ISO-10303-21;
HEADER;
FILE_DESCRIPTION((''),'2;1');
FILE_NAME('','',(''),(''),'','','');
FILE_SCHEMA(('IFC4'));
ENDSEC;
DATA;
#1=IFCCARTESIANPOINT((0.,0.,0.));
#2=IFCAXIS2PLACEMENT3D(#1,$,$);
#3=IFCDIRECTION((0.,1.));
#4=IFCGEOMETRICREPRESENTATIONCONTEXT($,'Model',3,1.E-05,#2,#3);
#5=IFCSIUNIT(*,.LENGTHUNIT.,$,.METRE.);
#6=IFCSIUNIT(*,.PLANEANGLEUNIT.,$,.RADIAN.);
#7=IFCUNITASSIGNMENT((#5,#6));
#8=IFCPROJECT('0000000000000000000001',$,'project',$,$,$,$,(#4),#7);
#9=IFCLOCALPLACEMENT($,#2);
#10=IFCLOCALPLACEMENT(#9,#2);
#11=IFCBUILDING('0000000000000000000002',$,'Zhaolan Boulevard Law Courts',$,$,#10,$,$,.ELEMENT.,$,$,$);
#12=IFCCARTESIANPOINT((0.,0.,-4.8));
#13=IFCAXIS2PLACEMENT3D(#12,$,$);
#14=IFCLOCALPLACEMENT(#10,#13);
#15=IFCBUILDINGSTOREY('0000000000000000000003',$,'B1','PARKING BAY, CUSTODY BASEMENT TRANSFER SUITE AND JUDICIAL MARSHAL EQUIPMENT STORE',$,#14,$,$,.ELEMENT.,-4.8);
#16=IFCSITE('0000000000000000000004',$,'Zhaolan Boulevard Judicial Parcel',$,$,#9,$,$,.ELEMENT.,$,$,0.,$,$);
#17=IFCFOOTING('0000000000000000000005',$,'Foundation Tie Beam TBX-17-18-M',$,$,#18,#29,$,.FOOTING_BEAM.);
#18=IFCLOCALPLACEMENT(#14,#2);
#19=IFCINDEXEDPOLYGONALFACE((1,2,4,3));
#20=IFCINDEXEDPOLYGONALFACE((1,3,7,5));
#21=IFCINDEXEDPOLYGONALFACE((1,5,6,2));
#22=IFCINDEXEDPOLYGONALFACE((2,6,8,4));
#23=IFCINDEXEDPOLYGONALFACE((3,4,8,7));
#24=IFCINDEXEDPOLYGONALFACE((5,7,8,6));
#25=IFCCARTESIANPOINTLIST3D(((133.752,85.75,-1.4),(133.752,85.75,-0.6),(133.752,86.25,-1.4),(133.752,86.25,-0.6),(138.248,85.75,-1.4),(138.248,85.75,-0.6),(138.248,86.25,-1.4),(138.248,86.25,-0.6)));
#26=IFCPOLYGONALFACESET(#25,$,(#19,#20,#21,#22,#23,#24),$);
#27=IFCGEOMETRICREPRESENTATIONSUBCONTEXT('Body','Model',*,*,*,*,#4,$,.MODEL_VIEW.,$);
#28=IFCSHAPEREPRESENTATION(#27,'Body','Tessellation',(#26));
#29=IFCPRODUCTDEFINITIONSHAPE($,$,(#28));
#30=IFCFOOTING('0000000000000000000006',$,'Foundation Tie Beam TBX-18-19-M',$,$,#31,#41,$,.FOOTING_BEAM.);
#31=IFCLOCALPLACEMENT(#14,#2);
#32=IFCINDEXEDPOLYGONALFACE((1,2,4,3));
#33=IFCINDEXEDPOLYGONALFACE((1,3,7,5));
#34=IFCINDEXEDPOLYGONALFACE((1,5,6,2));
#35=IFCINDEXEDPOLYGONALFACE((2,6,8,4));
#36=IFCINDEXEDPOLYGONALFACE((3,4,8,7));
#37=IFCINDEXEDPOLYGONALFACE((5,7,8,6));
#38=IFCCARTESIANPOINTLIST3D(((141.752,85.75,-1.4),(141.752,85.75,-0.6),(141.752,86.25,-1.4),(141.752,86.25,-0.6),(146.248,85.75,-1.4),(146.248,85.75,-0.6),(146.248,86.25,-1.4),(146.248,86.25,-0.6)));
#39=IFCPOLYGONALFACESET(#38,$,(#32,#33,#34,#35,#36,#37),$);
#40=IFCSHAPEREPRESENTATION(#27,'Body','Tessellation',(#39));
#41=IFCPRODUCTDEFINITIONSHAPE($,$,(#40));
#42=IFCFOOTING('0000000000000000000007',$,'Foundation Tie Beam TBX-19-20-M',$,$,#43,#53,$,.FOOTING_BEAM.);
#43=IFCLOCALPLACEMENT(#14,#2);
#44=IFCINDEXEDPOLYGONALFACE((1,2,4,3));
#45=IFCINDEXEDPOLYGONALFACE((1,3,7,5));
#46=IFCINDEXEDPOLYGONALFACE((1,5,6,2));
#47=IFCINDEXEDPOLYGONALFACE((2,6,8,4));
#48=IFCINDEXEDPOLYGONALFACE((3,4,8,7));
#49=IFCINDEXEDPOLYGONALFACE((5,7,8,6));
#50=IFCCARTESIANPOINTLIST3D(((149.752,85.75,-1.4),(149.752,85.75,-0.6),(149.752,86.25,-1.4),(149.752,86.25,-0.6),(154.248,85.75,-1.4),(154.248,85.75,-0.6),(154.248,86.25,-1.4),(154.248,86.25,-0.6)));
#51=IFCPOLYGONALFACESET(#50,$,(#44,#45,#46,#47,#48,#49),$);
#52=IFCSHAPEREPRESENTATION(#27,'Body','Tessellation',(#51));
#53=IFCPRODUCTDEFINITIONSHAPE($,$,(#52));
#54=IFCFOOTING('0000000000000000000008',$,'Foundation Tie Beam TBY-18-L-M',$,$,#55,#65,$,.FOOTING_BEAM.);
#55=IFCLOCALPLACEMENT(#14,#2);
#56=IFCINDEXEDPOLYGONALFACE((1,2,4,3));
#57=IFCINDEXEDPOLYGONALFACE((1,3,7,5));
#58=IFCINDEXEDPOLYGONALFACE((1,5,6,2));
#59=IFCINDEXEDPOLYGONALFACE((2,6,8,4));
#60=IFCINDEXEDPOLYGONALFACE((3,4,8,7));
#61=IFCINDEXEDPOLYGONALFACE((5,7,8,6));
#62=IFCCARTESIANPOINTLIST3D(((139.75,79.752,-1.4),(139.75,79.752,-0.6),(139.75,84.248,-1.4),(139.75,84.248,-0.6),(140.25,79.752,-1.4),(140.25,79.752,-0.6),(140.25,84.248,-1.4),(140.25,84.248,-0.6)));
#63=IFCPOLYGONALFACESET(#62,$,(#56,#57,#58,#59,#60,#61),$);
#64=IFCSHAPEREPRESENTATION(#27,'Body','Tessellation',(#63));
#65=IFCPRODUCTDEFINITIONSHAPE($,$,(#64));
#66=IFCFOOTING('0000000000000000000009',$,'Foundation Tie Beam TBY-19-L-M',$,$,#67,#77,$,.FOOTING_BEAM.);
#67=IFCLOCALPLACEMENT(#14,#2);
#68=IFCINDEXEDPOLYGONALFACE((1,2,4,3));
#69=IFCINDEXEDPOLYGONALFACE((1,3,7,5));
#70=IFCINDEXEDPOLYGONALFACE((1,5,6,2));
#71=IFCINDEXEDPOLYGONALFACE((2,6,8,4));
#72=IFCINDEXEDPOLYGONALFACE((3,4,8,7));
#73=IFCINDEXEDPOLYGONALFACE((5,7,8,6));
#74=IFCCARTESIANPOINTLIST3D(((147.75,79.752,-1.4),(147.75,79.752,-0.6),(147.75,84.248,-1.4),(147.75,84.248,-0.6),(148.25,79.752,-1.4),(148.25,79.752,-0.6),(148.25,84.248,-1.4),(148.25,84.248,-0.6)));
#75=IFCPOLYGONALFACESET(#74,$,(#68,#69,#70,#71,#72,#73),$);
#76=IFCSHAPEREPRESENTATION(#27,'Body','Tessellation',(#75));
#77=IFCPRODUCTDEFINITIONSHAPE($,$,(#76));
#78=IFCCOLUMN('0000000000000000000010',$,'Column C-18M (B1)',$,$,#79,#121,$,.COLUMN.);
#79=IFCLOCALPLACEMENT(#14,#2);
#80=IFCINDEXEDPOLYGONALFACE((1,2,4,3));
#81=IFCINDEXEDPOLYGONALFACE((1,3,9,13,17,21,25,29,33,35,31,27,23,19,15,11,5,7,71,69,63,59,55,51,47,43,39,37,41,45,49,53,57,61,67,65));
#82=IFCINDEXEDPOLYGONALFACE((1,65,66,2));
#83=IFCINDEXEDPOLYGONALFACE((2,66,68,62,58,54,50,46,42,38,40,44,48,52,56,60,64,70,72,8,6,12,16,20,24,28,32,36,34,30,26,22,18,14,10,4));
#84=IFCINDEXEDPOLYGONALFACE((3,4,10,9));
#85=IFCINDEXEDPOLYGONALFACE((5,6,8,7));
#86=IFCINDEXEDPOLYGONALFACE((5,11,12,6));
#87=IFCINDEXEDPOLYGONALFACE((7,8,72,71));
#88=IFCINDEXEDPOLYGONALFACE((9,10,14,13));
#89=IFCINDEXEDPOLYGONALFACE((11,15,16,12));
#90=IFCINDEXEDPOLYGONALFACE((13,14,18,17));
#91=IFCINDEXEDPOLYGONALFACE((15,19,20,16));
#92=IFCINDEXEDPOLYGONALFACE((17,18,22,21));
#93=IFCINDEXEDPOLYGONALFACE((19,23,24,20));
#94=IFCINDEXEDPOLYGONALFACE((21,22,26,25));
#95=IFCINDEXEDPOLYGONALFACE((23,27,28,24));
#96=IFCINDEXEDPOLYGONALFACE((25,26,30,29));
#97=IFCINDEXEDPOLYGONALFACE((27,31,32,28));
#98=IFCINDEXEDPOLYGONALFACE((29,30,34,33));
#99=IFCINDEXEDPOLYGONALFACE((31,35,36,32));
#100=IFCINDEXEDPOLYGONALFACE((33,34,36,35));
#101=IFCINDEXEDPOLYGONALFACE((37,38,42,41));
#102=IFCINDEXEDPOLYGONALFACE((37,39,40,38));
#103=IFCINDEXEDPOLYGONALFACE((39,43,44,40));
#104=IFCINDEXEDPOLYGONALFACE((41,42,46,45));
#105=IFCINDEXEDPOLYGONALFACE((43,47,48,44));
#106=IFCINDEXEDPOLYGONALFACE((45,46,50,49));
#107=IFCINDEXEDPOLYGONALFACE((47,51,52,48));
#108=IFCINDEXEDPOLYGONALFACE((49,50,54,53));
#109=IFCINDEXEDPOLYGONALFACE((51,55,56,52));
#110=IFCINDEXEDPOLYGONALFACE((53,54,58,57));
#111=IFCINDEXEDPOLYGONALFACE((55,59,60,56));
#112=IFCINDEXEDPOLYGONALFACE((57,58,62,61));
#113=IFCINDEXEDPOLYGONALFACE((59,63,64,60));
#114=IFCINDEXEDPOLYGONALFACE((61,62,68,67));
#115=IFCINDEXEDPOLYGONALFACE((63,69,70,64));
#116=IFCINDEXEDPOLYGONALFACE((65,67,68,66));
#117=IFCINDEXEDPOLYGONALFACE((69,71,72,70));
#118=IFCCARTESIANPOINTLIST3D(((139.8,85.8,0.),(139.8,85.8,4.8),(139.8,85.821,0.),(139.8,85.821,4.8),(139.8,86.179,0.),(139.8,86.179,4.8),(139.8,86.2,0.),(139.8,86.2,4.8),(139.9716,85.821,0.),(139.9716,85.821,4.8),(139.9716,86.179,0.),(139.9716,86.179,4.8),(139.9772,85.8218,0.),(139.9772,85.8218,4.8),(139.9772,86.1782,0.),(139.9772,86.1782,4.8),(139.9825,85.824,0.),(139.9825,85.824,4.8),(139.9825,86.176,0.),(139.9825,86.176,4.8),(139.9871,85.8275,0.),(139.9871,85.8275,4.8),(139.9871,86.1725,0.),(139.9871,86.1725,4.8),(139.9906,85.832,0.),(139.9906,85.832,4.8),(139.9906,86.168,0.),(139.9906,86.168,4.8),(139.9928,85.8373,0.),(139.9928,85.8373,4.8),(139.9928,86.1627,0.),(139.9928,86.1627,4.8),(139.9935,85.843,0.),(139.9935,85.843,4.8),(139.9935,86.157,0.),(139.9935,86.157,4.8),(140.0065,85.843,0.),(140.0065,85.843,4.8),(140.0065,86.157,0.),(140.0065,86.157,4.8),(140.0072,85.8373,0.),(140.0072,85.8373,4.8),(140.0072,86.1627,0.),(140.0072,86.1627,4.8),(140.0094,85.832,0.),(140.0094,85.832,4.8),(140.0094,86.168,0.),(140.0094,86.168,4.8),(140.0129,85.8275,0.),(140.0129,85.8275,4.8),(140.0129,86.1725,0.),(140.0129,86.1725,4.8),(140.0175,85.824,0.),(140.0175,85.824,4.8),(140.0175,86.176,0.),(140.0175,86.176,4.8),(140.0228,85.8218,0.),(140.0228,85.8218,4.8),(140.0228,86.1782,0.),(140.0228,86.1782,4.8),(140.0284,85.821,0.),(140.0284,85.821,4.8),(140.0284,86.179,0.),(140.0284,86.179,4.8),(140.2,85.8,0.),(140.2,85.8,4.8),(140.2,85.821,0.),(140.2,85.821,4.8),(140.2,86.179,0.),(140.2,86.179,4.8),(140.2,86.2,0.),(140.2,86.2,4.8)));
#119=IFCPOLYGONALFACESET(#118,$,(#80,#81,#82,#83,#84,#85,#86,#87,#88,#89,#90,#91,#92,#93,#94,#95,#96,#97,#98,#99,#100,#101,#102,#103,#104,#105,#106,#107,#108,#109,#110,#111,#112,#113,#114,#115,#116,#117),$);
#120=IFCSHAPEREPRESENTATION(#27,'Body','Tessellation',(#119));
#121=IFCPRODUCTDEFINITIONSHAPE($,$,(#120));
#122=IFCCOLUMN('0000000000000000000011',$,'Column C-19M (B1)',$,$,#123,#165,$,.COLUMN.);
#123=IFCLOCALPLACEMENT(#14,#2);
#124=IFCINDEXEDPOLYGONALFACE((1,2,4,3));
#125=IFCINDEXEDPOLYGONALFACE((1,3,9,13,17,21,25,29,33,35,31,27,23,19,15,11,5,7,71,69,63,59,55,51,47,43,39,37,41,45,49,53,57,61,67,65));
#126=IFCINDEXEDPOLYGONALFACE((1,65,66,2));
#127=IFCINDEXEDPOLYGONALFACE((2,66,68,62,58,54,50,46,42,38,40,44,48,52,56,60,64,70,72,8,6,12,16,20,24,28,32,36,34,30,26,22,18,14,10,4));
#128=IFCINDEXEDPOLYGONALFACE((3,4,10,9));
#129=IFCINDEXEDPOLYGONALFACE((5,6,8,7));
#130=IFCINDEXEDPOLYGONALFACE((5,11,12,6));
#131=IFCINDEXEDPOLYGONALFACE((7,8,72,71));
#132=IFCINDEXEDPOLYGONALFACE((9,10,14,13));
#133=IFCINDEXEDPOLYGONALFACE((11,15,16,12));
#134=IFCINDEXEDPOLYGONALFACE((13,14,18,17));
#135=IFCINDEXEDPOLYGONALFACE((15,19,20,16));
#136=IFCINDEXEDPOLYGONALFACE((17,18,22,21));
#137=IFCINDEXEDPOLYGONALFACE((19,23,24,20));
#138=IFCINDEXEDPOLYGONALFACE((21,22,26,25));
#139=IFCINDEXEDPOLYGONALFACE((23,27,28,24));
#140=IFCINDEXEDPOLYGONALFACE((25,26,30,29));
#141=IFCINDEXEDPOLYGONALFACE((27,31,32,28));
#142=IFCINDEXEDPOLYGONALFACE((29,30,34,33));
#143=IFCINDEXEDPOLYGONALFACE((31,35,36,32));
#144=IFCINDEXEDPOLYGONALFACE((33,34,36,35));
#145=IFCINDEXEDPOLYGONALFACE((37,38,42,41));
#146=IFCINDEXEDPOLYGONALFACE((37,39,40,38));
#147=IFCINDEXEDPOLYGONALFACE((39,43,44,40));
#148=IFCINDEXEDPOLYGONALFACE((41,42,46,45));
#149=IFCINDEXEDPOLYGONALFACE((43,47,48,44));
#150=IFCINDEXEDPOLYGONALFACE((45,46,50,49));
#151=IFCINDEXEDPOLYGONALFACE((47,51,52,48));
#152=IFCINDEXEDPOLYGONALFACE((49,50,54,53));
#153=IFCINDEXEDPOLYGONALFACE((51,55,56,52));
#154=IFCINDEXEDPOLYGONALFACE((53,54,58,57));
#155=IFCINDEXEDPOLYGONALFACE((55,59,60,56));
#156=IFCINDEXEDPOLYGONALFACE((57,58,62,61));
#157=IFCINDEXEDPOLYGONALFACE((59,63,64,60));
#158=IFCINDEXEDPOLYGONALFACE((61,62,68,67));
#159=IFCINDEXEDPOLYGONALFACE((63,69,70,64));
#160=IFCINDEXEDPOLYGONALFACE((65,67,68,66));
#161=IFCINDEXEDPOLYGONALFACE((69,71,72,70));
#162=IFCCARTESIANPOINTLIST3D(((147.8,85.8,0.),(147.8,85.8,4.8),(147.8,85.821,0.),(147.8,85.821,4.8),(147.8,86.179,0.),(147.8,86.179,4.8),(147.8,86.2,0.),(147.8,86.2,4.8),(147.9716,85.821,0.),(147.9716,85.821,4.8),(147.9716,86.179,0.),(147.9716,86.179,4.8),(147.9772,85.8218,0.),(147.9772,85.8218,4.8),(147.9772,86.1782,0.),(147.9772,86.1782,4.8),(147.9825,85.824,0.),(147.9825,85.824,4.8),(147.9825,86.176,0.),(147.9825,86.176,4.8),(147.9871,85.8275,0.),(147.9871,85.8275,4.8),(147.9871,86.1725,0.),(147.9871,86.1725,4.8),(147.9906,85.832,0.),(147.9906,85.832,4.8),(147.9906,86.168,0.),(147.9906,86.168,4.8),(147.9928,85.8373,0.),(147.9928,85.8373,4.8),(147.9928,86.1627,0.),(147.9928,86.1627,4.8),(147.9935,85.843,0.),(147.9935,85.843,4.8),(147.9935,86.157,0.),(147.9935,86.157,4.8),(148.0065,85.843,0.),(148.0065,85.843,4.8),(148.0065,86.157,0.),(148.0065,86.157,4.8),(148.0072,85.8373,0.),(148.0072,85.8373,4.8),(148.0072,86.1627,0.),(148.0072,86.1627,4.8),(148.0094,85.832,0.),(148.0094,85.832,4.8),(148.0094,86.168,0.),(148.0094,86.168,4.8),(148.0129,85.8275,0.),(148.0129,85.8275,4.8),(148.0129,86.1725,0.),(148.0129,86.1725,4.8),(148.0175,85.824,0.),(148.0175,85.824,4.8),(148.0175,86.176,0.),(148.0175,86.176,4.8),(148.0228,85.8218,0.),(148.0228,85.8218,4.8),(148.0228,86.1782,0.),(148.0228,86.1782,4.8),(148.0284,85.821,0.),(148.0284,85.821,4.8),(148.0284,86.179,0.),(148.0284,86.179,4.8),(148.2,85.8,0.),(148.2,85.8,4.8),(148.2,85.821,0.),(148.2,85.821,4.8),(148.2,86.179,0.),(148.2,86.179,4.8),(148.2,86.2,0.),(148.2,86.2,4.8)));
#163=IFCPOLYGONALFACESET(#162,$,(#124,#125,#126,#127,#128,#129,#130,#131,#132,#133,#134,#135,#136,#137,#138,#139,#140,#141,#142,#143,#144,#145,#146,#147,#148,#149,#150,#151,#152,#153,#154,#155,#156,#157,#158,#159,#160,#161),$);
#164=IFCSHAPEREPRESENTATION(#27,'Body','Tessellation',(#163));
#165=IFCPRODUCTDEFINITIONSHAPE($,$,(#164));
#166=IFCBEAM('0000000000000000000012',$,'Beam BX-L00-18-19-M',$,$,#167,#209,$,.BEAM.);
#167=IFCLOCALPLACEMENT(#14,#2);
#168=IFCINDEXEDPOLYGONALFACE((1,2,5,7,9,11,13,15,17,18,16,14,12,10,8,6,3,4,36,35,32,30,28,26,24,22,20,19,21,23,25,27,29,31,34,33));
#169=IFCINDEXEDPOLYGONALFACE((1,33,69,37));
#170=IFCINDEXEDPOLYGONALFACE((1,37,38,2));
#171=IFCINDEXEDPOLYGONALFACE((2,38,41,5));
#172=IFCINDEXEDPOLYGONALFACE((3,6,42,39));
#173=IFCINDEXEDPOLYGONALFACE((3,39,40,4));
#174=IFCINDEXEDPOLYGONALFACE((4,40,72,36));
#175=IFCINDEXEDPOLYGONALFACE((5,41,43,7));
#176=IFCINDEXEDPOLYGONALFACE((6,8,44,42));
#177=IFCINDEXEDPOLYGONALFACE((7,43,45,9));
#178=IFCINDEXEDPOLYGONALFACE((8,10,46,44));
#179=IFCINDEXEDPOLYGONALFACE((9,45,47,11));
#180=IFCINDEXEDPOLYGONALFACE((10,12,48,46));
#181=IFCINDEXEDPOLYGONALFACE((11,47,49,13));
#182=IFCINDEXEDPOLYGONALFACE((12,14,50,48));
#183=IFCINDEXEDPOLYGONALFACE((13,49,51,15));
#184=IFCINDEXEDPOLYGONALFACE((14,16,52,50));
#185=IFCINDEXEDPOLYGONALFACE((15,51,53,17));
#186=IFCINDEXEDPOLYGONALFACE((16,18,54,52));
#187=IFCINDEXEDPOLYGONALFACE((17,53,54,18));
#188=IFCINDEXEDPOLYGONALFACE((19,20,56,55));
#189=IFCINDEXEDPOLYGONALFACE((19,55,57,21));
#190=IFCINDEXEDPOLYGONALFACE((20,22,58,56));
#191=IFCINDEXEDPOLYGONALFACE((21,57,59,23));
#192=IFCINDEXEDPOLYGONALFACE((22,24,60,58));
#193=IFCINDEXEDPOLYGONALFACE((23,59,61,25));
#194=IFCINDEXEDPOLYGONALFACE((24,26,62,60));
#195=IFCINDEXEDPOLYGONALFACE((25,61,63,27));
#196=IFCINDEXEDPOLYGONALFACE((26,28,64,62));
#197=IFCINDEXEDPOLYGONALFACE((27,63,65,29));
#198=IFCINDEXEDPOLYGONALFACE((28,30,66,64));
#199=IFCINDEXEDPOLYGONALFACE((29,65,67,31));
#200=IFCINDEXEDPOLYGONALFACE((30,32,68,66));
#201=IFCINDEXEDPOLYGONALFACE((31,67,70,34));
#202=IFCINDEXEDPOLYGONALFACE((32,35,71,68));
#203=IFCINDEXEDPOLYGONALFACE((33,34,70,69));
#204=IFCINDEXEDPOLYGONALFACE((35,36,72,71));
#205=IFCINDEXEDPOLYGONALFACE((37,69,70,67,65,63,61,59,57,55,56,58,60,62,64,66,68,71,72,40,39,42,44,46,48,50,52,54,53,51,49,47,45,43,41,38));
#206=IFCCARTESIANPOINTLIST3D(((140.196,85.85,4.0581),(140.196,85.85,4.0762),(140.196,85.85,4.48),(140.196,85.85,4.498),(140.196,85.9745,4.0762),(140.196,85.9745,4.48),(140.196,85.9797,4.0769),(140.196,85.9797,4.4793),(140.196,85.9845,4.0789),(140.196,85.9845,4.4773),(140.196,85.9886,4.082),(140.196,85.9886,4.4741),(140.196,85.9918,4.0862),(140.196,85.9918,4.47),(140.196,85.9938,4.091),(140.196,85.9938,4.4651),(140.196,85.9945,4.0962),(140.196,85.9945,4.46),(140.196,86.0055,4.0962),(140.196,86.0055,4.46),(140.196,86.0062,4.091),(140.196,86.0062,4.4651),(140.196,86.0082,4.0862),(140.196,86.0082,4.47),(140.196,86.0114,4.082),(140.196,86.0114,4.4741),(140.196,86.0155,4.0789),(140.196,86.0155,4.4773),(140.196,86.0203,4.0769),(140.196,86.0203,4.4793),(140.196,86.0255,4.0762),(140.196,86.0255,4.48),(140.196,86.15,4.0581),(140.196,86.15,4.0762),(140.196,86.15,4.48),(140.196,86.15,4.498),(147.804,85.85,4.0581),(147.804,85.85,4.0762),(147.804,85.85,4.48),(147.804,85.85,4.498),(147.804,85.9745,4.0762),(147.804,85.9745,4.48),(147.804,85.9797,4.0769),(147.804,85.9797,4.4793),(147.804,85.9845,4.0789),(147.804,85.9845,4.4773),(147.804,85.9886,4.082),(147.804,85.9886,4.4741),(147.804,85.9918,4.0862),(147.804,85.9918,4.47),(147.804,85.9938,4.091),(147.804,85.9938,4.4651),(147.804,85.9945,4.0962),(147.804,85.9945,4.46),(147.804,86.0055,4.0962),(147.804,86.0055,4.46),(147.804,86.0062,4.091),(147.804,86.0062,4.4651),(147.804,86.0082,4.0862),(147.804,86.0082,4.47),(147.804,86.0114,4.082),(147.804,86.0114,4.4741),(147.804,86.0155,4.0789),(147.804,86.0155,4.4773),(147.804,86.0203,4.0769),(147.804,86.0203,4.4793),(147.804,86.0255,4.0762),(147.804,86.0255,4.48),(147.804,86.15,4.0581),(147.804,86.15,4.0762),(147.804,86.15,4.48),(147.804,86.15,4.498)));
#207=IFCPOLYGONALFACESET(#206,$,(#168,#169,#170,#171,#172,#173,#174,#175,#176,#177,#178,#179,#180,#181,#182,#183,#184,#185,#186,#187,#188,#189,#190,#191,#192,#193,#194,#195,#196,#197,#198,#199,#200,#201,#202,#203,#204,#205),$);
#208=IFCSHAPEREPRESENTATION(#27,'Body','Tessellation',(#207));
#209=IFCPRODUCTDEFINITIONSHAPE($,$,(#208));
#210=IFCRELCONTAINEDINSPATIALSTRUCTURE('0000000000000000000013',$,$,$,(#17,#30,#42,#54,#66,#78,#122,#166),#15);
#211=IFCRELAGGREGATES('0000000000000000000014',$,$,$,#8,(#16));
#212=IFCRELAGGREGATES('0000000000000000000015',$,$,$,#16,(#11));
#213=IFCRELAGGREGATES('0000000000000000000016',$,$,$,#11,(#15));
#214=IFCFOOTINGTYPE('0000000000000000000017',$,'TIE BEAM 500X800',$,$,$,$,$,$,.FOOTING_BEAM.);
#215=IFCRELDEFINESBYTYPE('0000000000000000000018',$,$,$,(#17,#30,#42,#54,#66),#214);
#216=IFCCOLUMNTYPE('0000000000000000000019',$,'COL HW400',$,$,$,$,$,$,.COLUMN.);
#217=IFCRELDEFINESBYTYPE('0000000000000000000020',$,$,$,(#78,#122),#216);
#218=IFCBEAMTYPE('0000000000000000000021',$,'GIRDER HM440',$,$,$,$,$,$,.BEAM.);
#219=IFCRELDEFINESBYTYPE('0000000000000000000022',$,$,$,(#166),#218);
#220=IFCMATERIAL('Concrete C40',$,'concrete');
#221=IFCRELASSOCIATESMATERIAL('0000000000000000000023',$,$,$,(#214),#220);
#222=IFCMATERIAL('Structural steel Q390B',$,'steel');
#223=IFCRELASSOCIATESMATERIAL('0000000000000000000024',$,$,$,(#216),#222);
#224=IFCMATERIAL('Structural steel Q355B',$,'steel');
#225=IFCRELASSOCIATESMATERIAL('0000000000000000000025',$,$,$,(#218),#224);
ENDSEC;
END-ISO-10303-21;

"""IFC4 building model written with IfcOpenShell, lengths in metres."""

from ifc_helpers import new_model, si_unit, direction, frame, origin, origin_2d, place, context, subcontext, project, spatial, rectangle, i_section, extrude, material, material_profile, profile_set, type_object, element, save


model = new_model("IFC4")

# Units and contexts
model_context = context("Model", 3, precision=1e-05, world=origin(), true_north=direction((0.0, 1.0)))
body_context = subcontext(model_context, "Body", "Model", "MODEL_VIEW")
ifc_project = project(units=[si_unit("LENGTHUNIT", "METRE"), si_unit("PLANEANGLEUNIT", "RADIAN")], contexts=[model_context])

# Site, building, storey
site_placement = place(None, origin())
site = spatial("IfcSite", under=ifc_project, at=site_placement, Name="Zhaolan Boulevard Judicial Parcel", CompositionType="ELEMENT", RefElevation=0.0)
building_placement = place(site_placement, origin())
building = spatial("IfcBuilding", under=site, at=building_placement, Name="Zhaolan Boulevard Law Courts", CompositionType="ELEMENT")
storey_placement = place(building_placement, frame((0.0, 0.0, -4.8)))
storey = spatial("IfcBuildingStorey", under=building, at=storey_placement, Name="B1", Description="PARKING BAY, CUSTODY BASEMENT TRANSFER SUITE AND JUDICIAL MARSHAL EQUIPMENT STORE", CompositionType="ELEMENT", Elevation=-4.8)

# Footings
ifc_material_1 = material(Name="Concrete C40", Category="concrete")
ifc_material_profile_1 = material_profile(ifc_material_1, rectangle(XDim=0.5, YDim=0.8, at=origin_2d()), Name="RC500x800")
ifc_profile_set_1 = profile_set([ifc_material_profile_1], Name="Concrete C40")
footing_type_1 = type_object("IfcFootingType", Name="TIE BEAM 500X800", PredefinedType="FOOTING_BEAM", material=ifc_profile_set_1)
for number, where, z_axis, x_axis, name in (
    (1, (133.752, 86.0, -1.0), (1.0, 0.0, 0.0), (0.0, 1.0, 0.0), "Foundation Tie Beam TBX-17-18-M"),
    (2, (141.752, 86.0, -1.0), (1.0, 0.0, 0.0), (0.0, 1.0, 0.0), "Foundation Tie Beam TBX-18-19-M"),
    (3, (149.752, 86.0, -1.0), (1.0, 0.0, 0.0), (0.0, 1.0, 0.0), "Foundation Tie Beam TBX-19-20-M"),
    (4, (140.0, 79.752, -1.0), (0.0, 1.0, 0.0), (-1.0, 0.0, 0.0), "Foundation Tie Beam TBY-18-L-M"),
    (5, (148.0, 79.752, -1.0), (0.0, 1.0, 0.0), (-1.0, 0.0, 0.0), "Foundation Tie Beam TBY-19-L-M"),
):
    element("IfcFooting", number, at=place(storey_placement, frame(where, z_axis=z_axis, x_axis=x_axis)), inside=storey, type_object=footing_type_1, Name=name, PredefinedType="FOOTING_BEAM", context=body_context, shape_type="SweptSolid", body=[
        extrude(rectangle(XDim=0.5, YDim=0.8, at=origin_2d()), origin(), (0.0, 0.0, 1.0), 4.4961),
    ])

# Columns
ifc_material_2 = material(Name="Structural steel Q390B", Category="steel")
ifc_material_profile_2 = material_profile(ifc_material_2, i_section(OverallWidth=0.3999, OverallDepth=0.3999, WebThickness=0.0129, FlangeThickness=0.021, FilletRadius=0.022, at=origin_2d()), Name="HW400x400")
ifc_profile_set_2 = profile_set([ifc_material_profile_2], Name="Structural steel Q390B")
column_type = type_object("IfcColumnType", Name="COL HW400", PredefinedType="COLUMN", material=ifc_profile_set_2)
for number, where, z_axis, x_axis, name in (
    (6, (140.0, 86.0, 0.0), (0.0, 0.0, 1.0), (1.0, 0.0, 0.0), "Column C-18M (B1)"),
    (7, (148.0, 86.0, 0.0), (0.0, 0.0, 1.0), (1.0, 0.0, 0.0), "Column C-19M (B1)"),
):
    element("IfcColumn", number, at=place(storey_placement, frame(where, z_axis=z_axis, x_axis=x_axis)), inside=storey, type_object=column_type, Name=name, PredefinedType="COLUMN", context=body_context, shape_type="SweptSolid", body=[
        extrude(i_section(OverallWidth=0.3999, OverallDepth=0.3999, WebThickness=0.0129, FlangeThickness=0.021, FilletRadius=0.022, at=origin_2d()), origin(), (0.0, 0.0, 1.0), 4.8),
    ])

# Beam
ifc_material_3 = material(Name="Structural steel Q355B", Category="steel")
ifc_material_profile_3 = material_profile(ifc_material_3, i_section(OverallWidth=0.3, OverallDepth=0.4399, WebThickness=0.011, FlangeThickness=0.0181, FilletRadius=0.02, at=origin_2d()), Name="HM440x300")
ifc_profile_set_3 = profile_set([ifc_material_profile_3], Name="Structural steel Q355B")
beam_type_1 = type_object("IfcBeamType", Name="GIRDER HM440", PredefinedType="BEAM", material=ifc_profile_set_3)
for number, where, z_axis, x_axis, name in (
    (8, (140.196, 86.0, 4.2781), (1.0, 0.0, 0.0), (0.0, 1.0, 0.0), "Beam BX-L00-18-19-M"),
):
    element("IfcBeam", number, at=place(storey_placement, frame(where, z_axis=z_axis, x_axis=x_axis)), inside=storey, type_object=beam_type_1, Name=name, PredefinedType="BEAM", context=body_context, shape_type="SweptSolid", body=[
        extrude(i_section(OverallWidth=0.3, OverallDepth=0.4399, WebThickness=0.011, FlangeThickness=0.0181, FilletRadius=0.02, at=origin_2d()), origin(), (0.0, 0.0, 1.0), 7.6079),
    ])

save(model, "model.ifc")
